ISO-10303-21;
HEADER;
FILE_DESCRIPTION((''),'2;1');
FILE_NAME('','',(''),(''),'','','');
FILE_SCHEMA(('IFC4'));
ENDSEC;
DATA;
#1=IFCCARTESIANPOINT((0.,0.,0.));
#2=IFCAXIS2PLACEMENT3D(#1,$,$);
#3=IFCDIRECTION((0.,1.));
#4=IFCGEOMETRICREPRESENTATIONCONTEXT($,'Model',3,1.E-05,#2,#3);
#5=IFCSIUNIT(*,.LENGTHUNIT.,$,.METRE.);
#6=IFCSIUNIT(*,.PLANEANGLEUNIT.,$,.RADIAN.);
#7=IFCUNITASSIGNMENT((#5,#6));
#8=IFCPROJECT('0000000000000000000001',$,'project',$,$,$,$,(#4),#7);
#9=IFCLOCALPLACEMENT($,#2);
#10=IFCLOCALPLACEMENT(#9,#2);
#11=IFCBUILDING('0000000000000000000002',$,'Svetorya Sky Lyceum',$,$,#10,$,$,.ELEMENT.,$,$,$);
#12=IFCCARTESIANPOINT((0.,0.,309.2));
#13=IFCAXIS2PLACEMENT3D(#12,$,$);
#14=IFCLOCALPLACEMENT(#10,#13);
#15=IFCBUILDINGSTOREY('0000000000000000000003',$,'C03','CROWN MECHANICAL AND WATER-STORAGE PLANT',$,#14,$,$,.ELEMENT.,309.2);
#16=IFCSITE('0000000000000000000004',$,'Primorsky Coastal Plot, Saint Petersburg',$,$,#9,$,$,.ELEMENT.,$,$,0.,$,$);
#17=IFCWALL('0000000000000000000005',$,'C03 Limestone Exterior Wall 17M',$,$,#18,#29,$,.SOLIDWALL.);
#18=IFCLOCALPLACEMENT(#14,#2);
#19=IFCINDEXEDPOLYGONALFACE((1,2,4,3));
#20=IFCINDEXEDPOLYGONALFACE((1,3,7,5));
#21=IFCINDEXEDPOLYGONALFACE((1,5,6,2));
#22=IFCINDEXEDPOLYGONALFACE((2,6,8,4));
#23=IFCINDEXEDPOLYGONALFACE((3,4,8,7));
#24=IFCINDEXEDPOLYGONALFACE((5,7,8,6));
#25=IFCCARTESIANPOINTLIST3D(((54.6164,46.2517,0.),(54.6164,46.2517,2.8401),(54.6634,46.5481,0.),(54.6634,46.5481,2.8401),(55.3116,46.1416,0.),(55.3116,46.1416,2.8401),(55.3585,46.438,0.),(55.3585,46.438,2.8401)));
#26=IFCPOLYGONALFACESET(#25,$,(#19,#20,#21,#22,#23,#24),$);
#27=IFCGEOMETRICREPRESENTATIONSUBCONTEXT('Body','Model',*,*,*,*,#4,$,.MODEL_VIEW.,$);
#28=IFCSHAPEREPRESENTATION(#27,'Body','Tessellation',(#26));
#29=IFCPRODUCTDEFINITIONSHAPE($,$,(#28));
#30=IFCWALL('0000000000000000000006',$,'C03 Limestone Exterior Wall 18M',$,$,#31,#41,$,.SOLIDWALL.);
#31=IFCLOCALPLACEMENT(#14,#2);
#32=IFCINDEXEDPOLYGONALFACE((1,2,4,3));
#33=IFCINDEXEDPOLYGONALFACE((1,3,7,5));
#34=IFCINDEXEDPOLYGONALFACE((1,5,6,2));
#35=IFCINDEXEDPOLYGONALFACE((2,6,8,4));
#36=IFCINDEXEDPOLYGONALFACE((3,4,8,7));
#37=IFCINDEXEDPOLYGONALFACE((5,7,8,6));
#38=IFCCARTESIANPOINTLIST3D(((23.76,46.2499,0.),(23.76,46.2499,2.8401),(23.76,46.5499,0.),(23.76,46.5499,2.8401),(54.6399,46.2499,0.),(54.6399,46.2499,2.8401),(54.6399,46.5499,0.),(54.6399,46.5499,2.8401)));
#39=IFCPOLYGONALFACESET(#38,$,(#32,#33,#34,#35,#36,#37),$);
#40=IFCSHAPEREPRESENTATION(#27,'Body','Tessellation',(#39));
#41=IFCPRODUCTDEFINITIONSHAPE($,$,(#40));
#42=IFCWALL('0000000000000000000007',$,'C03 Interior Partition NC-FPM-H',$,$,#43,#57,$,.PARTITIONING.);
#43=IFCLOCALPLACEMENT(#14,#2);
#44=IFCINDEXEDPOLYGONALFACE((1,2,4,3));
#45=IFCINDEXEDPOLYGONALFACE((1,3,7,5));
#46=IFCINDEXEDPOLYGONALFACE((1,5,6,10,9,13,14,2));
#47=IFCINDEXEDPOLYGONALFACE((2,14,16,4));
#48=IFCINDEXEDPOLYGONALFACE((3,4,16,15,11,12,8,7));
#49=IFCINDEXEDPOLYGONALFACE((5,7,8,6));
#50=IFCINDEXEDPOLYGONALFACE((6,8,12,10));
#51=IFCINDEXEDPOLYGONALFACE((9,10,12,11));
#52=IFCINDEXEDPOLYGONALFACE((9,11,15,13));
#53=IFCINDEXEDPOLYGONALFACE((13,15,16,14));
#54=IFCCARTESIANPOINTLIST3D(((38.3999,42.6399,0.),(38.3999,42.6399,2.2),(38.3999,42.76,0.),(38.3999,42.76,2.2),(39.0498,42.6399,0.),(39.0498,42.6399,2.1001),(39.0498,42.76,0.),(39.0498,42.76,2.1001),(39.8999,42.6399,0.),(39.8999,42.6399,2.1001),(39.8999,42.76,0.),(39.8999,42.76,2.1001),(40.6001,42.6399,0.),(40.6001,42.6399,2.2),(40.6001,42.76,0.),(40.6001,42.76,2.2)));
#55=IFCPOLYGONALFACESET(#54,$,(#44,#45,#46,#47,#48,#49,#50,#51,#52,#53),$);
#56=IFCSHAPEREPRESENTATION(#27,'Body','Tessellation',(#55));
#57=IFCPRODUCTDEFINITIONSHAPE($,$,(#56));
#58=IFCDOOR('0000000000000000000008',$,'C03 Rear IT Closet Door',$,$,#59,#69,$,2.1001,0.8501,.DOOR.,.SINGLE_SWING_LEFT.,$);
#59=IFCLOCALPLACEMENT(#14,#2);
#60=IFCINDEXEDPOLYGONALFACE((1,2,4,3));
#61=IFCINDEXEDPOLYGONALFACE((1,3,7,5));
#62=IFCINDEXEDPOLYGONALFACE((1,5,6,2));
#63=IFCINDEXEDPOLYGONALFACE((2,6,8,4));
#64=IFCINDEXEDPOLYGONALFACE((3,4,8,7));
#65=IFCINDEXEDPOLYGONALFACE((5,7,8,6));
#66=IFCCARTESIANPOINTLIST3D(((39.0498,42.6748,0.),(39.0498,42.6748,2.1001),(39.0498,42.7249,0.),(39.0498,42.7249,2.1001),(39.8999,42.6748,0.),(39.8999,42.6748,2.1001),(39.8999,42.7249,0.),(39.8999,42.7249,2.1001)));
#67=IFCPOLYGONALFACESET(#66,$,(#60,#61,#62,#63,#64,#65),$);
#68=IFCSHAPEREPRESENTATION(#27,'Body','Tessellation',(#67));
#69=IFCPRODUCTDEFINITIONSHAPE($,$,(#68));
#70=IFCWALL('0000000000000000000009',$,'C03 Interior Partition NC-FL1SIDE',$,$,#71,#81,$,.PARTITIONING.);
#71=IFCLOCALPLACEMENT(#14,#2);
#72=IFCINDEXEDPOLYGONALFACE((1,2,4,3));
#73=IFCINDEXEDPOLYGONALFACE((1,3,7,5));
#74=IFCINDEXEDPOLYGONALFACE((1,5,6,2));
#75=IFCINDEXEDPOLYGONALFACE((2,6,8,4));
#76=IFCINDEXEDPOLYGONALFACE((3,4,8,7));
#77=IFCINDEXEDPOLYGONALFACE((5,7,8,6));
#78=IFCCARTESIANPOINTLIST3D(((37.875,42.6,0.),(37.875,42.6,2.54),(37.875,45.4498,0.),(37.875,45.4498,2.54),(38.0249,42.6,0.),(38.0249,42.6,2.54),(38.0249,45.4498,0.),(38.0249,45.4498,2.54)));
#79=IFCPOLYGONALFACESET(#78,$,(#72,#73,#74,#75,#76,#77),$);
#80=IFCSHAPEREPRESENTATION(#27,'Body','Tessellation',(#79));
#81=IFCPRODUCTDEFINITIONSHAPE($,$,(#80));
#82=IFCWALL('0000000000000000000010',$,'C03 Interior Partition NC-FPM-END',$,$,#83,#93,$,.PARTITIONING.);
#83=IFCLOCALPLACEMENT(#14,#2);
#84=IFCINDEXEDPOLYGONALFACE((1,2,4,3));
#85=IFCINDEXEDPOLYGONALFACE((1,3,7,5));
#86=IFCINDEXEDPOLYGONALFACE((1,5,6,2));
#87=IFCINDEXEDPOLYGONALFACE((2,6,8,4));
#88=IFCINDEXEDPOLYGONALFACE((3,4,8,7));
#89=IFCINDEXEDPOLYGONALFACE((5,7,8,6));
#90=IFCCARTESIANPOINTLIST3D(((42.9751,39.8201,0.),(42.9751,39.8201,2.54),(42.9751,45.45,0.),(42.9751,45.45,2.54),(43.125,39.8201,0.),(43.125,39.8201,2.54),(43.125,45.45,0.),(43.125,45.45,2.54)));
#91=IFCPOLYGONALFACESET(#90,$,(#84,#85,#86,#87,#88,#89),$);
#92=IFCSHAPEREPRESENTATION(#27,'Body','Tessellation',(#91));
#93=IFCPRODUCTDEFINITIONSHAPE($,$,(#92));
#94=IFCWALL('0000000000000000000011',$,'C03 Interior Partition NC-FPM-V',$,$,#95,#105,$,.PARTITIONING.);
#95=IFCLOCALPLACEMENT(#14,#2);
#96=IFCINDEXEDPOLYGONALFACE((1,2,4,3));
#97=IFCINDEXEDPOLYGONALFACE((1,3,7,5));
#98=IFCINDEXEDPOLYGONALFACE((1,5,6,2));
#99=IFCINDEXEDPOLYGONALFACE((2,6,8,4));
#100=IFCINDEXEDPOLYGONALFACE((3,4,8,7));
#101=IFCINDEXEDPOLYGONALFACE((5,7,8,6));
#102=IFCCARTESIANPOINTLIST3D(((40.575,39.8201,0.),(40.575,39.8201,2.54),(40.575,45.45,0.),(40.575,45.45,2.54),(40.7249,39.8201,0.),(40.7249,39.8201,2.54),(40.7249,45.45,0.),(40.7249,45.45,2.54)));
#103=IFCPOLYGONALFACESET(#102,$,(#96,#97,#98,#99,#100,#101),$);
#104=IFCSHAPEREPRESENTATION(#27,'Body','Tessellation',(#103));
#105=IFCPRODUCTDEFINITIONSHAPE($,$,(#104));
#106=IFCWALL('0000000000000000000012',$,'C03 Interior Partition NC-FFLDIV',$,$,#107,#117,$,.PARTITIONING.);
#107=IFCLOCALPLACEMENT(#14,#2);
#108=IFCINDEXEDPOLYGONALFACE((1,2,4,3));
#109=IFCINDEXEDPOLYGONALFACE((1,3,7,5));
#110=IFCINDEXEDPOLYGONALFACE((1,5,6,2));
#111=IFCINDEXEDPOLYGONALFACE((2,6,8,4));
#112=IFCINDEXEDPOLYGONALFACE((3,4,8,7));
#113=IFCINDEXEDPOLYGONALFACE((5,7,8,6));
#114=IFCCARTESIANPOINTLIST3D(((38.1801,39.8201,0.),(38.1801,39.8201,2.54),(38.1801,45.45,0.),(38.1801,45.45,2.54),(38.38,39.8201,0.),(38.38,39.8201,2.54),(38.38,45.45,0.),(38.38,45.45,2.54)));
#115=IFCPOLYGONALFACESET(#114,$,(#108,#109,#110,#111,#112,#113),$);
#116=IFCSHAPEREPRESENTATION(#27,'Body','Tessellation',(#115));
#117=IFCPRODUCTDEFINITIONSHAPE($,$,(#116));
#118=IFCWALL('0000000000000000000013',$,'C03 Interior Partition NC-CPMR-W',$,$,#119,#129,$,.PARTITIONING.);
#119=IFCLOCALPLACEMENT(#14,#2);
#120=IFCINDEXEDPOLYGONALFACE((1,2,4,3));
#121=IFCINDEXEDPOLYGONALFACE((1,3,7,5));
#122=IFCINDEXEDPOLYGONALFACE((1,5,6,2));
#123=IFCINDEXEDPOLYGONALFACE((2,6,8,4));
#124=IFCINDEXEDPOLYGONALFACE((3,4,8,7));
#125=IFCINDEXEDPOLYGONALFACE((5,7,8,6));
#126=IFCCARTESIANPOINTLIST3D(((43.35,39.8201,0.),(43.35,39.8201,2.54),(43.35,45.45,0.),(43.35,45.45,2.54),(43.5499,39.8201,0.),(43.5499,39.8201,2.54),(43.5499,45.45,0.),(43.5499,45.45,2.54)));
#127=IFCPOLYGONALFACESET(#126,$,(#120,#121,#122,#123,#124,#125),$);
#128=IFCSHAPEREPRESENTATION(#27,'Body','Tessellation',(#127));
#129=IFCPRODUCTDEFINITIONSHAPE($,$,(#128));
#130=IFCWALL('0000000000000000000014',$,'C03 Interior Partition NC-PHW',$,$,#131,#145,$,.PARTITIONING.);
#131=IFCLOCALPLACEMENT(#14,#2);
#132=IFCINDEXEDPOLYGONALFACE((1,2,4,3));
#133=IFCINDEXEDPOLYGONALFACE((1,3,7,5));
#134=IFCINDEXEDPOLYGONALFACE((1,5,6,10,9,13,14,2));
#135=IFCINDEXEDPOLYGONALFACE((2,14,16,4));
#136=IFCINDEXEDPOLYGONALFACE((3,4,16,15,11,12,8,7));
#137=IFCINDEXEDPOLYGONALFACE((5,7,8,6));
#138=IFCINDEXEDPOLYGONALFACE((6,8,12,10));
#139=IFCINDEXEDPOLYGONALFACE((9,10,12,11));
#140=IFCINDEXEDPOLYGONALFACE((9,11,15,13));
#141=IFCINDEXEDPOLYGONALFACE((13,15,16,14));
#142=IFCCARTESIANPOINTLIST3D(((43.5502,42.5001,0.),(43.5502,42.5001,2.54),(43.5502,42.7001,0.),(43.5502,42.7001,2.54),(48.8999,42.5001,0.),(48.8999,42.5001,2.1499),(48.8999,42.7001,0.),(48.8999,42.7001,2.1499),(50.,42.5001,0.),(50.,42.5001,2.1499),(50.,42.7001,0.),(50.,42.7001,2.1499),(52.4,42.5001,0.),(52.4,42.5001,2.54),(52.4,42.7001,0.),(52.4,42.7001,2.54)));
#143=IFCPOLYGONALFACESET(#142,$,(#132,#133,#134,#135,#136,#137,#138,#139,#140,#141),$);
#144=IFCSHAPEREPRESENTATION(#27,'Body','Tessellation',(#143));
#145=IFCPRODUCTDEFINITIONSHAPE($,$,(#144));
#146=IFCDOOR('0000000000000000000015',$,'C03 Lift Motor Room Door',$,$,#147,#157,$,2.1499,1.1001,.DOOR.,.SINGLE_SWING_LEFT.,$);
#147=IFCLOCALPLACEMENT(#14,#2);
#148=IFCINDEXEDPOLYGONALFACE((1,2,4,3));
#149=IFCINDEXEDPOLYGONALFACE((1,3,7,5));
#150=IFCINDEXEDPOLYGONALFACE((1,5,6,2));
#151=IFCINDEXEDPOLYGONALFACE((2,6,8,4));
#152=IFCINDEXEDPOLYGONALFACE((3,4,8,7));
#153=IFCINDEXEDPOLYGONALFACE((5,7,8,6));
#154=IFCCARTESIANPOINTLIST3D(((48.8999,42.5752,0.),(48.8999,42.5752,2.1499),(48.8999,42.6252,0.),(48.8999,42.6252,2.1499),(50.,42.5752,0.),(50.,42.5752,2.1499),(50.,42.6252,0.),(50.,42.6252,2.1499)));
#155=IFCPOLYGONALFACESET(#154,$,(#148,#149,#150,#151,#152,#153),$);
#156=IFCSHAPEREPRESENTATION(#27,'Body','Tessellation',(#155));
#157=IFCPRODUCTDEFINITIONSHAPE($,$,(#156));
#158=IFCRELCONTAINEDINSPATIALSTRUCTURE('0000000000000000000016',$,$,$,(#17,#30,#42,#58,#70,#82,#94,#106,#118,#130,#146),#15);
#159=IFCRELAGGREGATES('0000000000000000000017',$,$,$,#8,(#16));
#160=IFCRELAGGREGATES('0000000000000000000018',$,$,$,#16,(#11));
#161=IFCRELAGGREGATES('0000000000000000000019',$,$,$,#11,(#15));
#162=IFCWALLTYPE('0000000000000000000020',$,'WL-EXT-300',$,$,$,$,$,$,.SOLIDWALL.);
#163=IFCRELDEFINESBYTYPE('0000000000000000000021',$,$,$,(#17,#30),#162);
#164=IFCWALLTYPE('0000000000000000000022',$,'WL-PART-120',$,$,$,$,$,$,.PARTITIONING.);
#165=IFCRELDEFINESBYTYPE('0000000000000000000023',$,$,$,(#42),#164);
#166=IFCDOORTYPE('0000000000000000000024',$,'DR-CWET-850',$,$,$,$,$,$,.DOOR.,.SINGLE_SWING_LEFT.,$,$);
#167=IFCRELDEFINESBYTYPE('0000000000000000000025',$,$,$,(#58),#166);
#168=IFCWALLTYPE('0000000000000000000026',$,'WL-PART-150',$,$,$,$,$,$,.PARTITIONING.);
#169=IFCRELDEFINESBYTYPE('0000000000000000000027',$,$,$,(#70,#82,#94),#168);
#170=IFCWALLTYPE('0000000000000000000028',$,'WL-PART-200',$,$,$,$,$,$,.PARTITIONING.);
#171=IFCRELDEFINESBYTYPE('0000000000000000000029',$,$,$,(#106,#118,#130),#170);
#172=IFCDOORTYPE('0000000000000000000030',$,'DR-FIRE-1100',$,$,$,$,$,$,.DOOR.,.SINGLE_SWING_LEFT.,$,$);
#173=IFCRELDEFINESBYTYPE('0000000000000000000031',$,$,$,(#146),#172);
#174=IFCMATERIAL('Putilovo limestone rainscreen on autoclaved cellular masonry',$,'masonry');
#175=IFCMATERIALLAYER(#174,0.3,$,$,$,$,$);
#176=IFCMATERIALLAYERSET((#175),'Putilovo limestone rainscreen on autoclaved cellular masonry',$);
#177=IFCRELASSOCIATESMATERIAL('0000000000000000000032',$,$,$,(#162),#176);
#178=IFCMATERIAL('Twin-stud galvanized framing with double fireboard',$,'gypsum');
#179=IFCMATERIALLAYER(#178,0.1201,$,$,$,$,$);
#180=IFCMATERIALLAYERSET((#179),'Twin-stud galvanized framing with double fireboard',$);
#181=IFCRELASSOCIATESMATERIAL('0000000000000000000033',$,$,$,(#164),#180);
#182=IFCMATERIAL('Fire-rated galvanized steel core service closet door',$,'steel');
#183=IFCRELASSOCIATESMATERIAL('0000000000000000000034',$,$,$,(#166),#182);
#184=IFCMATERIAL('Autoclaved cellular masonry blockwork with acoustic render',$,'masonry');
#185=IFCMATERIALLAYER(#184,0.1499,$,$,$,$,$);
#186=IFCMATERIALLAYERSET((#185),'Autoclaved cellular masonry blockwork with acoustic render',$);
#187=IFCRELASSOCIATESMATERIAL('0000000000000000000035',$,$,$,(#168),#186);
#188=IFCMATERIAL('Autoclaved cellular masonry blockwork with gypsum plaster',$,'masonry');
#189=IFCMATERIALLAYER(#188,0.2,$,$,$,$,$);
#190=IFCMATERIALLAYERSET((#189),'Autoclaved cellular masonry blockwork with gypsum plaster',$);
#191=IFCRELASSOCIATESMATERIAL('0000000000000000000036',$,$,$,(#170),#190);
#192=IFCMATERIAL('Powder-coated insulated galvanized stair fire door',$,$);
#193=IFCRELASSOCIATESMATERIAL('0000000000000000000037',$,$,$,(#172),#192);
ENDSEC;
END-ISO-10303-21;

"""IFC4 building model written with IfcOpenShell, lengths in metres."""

from ifc_helpers import new_model, si_unit, direction, frame, frame_2d, origin, place, context, subcontext, project, spatial, rectangle, extrude, material, layer, layer_set, type_object, element, fill, save


model = new_model("IFC4")

# Units and contexts
model_context = context("Model", 3, precision=1e-05, world=origin(), true_north=direction((0.0, 1.0)))
body_context = subcontext(model_context, "Body", "Model", "MODEL_VIEW")
ifc_project = project(units=[si_unit("LENGTHUNIT", "METRE"), si_unit("PLANEANGLEUNIT", "RADIAN")], contexts=[model_context])

# Site, building, storey
site_placement = place(None, origin())
site = spatial("IfcSite", under=ifc_project, at=site_placement, Name="Primorsky Coastal Plot, Saint Petersburg", CompositionType="ELEMENT", RefElevation=0.0)
building_placement = place(site_placement, origin())
building = spatial("IfcBuilding", under=site, at=building_placement, Name="Svetorya Sky Lyceum", CompositionType="ELEMENT")
storey_placement = place(building_placement, frame((0.0, 0.0, 309.2)))
storey = spatial("IfcBuildingStorey", under=building, at=storey_placement, Name="C03", Description="CROWN MECHANICAL AND WATER-STORAGE PLANT", CompositionType="ELEMENT", Elevation=309.2)

# Walls
ifc_material_1 = material(Name="Putilovo limestone rainscreen on autoclaved cellular masonry", Category="masonry")
ifc_layer_1 = layer(ifc_material_1, 0.3)
ifc_layer_set_1 = layer_set([ifc_layer_1], Name="Putilovo limestone rainscreen on autoclaved cellular masonry")
wall_type_1 = type_object("IfcWallType", Name="WL-EXT-300", PredefinedType="SOLIDWALL", material=ifc_layer_set_1)
for number, where, z_axis, x_axis, name in (
    (1, (55.3352, 46.2898, 0.0), (0.0, 0.0, 1.0), (-0.987693, 0.156408, 0.0), "C03 Limestone Exterior Wall 17M"),
):
    element("IfcWall", number, at=place(storey_placement, frame(where, z_axis=z_axis, x_axis=x_axis)), inside=storey, type_object=wall_type_1, Name=name, PredefinedType="SOLIDWALL", context=body_context, shape_type="SweptSolid", body=[
        extrude(rectangle(XDim=0.7039, YDim=0.3, at=frame_2d((0.3521, 0.0))), origin(), (0.0, 0.0, 1.0), 2.8401),
    ])
wall_1_placement = place(storey_placement, frame((54.6399, 46.3999, 0.0), z_axis=(0.0, 0.0, 1.0), x_axis=(-1.0, 0.0, 0.0)))
element("IfcWall", 2, at=wall_1_placement, inside=storey, type_object=wall_type_1, Name="C03 Limestone Exterior Wall 18M", PredefinedType="SOLIDWALL", context=body_context, shape_type="SweptSolid", body=[
    extrude(rectangle(XDim=30.8799, YDim=0.3, at=frame_2d((15.4399, 0.0))), origin(), (0.0, 0.0, 1.0), 2.8401),
])

# Wall, opening, door
ifc_material_2 = material(Name="Twin-stud galvanized framing with double fireboard", Category="gypsum")
ifc_layer_2 = layer(ifc_material_2, 0.1201)
ifc_layer_set_2 = layer_set([ifc_layer_2], Name="Twin-stud galvanized framing with double fireboard")
wall_type_2 = type_object("IfcWallType", Name="WL-PART-120", PredefinedType="PARTITIONING", material=ifc_layer_set_2)
wall_2_placement = place(storey_placement, frame((38.3999, 42.7, 0.0), z_axis=(0.0, 0.0, 1.0), x_axis=(1.0, 0.0, 0.0)))
wall_2 = element("IfcWall", 3, at=wall_2_placement, inside=storey, type_object=wall_type_2, Name="C03 Interior Partition NC-FPM-H", PredefinedType="PARTITIONING", context=body_context, shape_type="SweptSolid", body=[
    extrude(rectangle(XDim=2.2002, YDim=0.1201, at=frame_2d((1.1001, 0.0))), origin(), (0.0, 0.0, 1.0), 2.2),
])
opening_1_placement = place(wall_2_placement, frame((0.6499, 0.0, 0.0)))
opening_1 = element("IfcOpeningElement", 4, at=opening_1_placement, cuts=wall_2, PredefinedType="OPENING", context=body_context, shape_type="SweptSolid", body=[
    extrude(rectangle(XDim=0.8501, YDim=2.1001, at=frame_2d((0.425, 1.05))), frame((0.0, 0.0701, 0.0), z_axis=(0.0, -1.0, 0.0), x_axis=(1.0, 0.0, 0.0)), (0.0, 0.0, 1.0), 0.1401),
])
ifc_material_3 = material(Name="Fire-rated galvanized steel core service closet door", Category="steel")
door_type_1 = type_object("IfcDoorType", Name="DR-CWET-850", OperationType="SINGLE_SWING_LEFT", PredefinedType="DOOR", material=ifc_material_3)
door_1_placement = place(opening_1_placement, origin())
door_1 = element("IfcDoor", 5, at=door_1_placement, inside=storey, type_object=door_type_1, Name="C03 Rear IT Closet Door", OperationType="SINGLE_SWING_LEFT", OverallHeight=2.1001, OverallWidth=0.8501, PredefinedType="DOOR", context=body_context, shape_type="SweptSolid", body=[
    extrude(rectangle(XDim=0.8501, YDim=2.1001, at=frame_2d((0.425, 1.05))), frame((0.0, 0.0249, 0.0), z_axis=(0.0, -1.0, 0.0), x_axis=(1.0, 0.0, 0.0)), (0.0, 0.0, 1.0), 0.05),
])
fill(opening_1, door_1)

# Walls
ifc_material_4 = material(Name="Autoclaved cellular masonry blockwork with acoustic render", Category="masonry")
ifc_layer_3 = layer(ifc_material_4, 0.1499)
ifc_layer_set_3 = layer_set([ifc_layer_3], Name="Autoclaved cellular masonry blockwork with acoustic render")
wall_type_3 = type_object("IfcWallType", Name="WL-PART-150", PredefinedType="PARTITIONING", material=ifc_layer_set_3)
wall_3_placement = place(storey_placement, frame((37.95, 42.6001, 0.0), z_axis=(0.0, 0.0, 1.0), x_axis=(0.0, 1.0, 0.0)))
element("IfcWall", 6, at=wall_3_placement, inside=storey, type_object=wall_type_3, Name="C03 Interior Partition NC-FL1SIDE", PredefinedType="PARTITIONING", context=body_context, shape_type="SweptSolid", body=[
    extrude(rectangle(XDim=2.8499, YDim=0.1499, at=frame_2d((1.4248, 0.0))), origin(), (0.0, 0.0, 1.0), 2.54),
])
for number, where, z_axis, x_axis, name in (
    (7, (43.05, 39.8201, 0.0), (0.0, 0.0, 1.0), (0.0, 1.0, 0.0), "C03 Interior Partition NC-FPM-END"),
    (8, (40.6499, 39.8201, 0.0), (0.0, 0.0, 1.0), (0.0, 1.0, 0.0), "C03 Interior Partition NC-FPM-V"),
):
    element("IfcWall", number, at=place(storey_placement, frame(where, z_axis=z_axis, x_axis=x_axis)), inside=storey, type_object=wall_type_3, Name=name, PredefinedType="PARTITIONING", context=body_context, shape_type="SweptSolid", body=[
        extrude(rectangle(XDim=5.6299, YDim=0.1499, at=frame_2d((2.8149, 0.0))), origin(), (0.0, 0.0, 1.0), 2.54),
    ])

# Shared definitions
ifc_material_5 = material(Name="Autoclaved cellular masonry blockwork with gypsum plaster", Category="masonry")
ifc_layer_4 = layer(ifc_material_5, 0.2)
ifc_layer_set_4 = layer_set([ifc_layer_4], Name="Autoclaved cellular masonry blockwork with gypsum plaster")
wall_type_4 = type_object("IfcWallType", Name="WL-PART-200", PredefinedType="PARTITIONING", material=ifc_layer_set_4)

# Walls
for number, where, z_axis, x_axis, name in (
    (9, (38.28, 39.8201, 0.0), (0.0, 0.0, 1.0), (0.0, 1.0, 0.0), "C03 Interior Partition NC-FFLDIV"),
    (10, (43.45, 39.8201, 0.0), (0.0, 0.0, 1.0), (0.0, 1.0, 0.0), "C03 Interior Partition NC-CPMR-W"),
):
    element("IfcWall", number, at=place(storey_placement, frame(where, z_axis=z_axis, x_axis=x_axis)), inside=storey, type_object=wall_type_4, Name=name, PredefinedType="PARTITIONING", context=body_context, shape_type="SweptSolid", body=[
        extrude(rectangle(XDim=5.6299, YDim=0.2, at=frame_2d((2.8149, 0.0))), origin(), (0.0, 0.0, 1.0), 2.54),
    ])

# Wall, opening, door
wall_4_placement = place(storey_placement, frame((52.3999, 42.6001, 0.0), z_axis=(0.0, 0.0, 1.0), x_axis=(-1.0, 0.0, 0.0)))
wall_4 = element("IfcWall", 11, at=wall_4_placement, inside=storey, type_object=wall_type_4, Name="C03 Interior Partition NC-PHW", PredefinedType="PARTITIONING", context=body_context, shape_type="SweptSolid", body=[
    extrude(rectangle(XDim=8.8499, YDim=0.2, at=frame_2d((4.4248, 0.0))), origin(), (0.0, 0.0, 1.0), 2.54),
])
opening_2_placement = place(wall_4_placement, frame((2.3999, 0.0, 0.0)))
opening_2 = element("IfcOpeningElement", 12, at=opening_2_placement, cuts=wall_4, PredefinedType="OPENING", context=body_context, shape_type="SweptSolid", body=[
    extrude(rectangle(XDim=1.1001, YDim=2.1499, at=frame_2d((0.55, 1.075))), frame((0.0, 0.1099, 0.0), z_axis=(0.0, -1.0, 0.0), x_axis=(1.0, 0.0, 0.0)), (0.0, 0.0, 1.0), 0.22),
])
ifc_material_6 = material(Name="Powder-coated insulated galvanized stair fire door")
door_type_2 = type_object("IfcDoorType", Name="DR-FIRE-1100", OperationType="SINGLE_SWING_LEFT", PredefinedType="DOOR", material=ifc_material_6)
door_2_placement = place(opening_2_placement, origin())
door_2 = element("IfcDoor", 13, at=door_2_placement, inside=storey, type_object=door_type_2, Name="C03 Lift Motor Room Door", OperationType="SINGLE_SWING_LEFT", OverallHeight=2.1499, OverallWidth=1.1001, PredefinedType="DOOR", context=body_context, shape_type="SweptSolid", body=[
    extrude(rectangle(XDim=1.1001, YDim=2.1499, at=frame_2d((0.55, 1.075))), frame((0.0, 0.0249, 0.0), z_axis=(0.0, -1.0, 0.0), x_axis=(1.0, 0.0, 0.0)), (0.0, 0.0, 1.0), 0.05),
])
fill(opening_2, door_2)

save(model, "model.ifc")
